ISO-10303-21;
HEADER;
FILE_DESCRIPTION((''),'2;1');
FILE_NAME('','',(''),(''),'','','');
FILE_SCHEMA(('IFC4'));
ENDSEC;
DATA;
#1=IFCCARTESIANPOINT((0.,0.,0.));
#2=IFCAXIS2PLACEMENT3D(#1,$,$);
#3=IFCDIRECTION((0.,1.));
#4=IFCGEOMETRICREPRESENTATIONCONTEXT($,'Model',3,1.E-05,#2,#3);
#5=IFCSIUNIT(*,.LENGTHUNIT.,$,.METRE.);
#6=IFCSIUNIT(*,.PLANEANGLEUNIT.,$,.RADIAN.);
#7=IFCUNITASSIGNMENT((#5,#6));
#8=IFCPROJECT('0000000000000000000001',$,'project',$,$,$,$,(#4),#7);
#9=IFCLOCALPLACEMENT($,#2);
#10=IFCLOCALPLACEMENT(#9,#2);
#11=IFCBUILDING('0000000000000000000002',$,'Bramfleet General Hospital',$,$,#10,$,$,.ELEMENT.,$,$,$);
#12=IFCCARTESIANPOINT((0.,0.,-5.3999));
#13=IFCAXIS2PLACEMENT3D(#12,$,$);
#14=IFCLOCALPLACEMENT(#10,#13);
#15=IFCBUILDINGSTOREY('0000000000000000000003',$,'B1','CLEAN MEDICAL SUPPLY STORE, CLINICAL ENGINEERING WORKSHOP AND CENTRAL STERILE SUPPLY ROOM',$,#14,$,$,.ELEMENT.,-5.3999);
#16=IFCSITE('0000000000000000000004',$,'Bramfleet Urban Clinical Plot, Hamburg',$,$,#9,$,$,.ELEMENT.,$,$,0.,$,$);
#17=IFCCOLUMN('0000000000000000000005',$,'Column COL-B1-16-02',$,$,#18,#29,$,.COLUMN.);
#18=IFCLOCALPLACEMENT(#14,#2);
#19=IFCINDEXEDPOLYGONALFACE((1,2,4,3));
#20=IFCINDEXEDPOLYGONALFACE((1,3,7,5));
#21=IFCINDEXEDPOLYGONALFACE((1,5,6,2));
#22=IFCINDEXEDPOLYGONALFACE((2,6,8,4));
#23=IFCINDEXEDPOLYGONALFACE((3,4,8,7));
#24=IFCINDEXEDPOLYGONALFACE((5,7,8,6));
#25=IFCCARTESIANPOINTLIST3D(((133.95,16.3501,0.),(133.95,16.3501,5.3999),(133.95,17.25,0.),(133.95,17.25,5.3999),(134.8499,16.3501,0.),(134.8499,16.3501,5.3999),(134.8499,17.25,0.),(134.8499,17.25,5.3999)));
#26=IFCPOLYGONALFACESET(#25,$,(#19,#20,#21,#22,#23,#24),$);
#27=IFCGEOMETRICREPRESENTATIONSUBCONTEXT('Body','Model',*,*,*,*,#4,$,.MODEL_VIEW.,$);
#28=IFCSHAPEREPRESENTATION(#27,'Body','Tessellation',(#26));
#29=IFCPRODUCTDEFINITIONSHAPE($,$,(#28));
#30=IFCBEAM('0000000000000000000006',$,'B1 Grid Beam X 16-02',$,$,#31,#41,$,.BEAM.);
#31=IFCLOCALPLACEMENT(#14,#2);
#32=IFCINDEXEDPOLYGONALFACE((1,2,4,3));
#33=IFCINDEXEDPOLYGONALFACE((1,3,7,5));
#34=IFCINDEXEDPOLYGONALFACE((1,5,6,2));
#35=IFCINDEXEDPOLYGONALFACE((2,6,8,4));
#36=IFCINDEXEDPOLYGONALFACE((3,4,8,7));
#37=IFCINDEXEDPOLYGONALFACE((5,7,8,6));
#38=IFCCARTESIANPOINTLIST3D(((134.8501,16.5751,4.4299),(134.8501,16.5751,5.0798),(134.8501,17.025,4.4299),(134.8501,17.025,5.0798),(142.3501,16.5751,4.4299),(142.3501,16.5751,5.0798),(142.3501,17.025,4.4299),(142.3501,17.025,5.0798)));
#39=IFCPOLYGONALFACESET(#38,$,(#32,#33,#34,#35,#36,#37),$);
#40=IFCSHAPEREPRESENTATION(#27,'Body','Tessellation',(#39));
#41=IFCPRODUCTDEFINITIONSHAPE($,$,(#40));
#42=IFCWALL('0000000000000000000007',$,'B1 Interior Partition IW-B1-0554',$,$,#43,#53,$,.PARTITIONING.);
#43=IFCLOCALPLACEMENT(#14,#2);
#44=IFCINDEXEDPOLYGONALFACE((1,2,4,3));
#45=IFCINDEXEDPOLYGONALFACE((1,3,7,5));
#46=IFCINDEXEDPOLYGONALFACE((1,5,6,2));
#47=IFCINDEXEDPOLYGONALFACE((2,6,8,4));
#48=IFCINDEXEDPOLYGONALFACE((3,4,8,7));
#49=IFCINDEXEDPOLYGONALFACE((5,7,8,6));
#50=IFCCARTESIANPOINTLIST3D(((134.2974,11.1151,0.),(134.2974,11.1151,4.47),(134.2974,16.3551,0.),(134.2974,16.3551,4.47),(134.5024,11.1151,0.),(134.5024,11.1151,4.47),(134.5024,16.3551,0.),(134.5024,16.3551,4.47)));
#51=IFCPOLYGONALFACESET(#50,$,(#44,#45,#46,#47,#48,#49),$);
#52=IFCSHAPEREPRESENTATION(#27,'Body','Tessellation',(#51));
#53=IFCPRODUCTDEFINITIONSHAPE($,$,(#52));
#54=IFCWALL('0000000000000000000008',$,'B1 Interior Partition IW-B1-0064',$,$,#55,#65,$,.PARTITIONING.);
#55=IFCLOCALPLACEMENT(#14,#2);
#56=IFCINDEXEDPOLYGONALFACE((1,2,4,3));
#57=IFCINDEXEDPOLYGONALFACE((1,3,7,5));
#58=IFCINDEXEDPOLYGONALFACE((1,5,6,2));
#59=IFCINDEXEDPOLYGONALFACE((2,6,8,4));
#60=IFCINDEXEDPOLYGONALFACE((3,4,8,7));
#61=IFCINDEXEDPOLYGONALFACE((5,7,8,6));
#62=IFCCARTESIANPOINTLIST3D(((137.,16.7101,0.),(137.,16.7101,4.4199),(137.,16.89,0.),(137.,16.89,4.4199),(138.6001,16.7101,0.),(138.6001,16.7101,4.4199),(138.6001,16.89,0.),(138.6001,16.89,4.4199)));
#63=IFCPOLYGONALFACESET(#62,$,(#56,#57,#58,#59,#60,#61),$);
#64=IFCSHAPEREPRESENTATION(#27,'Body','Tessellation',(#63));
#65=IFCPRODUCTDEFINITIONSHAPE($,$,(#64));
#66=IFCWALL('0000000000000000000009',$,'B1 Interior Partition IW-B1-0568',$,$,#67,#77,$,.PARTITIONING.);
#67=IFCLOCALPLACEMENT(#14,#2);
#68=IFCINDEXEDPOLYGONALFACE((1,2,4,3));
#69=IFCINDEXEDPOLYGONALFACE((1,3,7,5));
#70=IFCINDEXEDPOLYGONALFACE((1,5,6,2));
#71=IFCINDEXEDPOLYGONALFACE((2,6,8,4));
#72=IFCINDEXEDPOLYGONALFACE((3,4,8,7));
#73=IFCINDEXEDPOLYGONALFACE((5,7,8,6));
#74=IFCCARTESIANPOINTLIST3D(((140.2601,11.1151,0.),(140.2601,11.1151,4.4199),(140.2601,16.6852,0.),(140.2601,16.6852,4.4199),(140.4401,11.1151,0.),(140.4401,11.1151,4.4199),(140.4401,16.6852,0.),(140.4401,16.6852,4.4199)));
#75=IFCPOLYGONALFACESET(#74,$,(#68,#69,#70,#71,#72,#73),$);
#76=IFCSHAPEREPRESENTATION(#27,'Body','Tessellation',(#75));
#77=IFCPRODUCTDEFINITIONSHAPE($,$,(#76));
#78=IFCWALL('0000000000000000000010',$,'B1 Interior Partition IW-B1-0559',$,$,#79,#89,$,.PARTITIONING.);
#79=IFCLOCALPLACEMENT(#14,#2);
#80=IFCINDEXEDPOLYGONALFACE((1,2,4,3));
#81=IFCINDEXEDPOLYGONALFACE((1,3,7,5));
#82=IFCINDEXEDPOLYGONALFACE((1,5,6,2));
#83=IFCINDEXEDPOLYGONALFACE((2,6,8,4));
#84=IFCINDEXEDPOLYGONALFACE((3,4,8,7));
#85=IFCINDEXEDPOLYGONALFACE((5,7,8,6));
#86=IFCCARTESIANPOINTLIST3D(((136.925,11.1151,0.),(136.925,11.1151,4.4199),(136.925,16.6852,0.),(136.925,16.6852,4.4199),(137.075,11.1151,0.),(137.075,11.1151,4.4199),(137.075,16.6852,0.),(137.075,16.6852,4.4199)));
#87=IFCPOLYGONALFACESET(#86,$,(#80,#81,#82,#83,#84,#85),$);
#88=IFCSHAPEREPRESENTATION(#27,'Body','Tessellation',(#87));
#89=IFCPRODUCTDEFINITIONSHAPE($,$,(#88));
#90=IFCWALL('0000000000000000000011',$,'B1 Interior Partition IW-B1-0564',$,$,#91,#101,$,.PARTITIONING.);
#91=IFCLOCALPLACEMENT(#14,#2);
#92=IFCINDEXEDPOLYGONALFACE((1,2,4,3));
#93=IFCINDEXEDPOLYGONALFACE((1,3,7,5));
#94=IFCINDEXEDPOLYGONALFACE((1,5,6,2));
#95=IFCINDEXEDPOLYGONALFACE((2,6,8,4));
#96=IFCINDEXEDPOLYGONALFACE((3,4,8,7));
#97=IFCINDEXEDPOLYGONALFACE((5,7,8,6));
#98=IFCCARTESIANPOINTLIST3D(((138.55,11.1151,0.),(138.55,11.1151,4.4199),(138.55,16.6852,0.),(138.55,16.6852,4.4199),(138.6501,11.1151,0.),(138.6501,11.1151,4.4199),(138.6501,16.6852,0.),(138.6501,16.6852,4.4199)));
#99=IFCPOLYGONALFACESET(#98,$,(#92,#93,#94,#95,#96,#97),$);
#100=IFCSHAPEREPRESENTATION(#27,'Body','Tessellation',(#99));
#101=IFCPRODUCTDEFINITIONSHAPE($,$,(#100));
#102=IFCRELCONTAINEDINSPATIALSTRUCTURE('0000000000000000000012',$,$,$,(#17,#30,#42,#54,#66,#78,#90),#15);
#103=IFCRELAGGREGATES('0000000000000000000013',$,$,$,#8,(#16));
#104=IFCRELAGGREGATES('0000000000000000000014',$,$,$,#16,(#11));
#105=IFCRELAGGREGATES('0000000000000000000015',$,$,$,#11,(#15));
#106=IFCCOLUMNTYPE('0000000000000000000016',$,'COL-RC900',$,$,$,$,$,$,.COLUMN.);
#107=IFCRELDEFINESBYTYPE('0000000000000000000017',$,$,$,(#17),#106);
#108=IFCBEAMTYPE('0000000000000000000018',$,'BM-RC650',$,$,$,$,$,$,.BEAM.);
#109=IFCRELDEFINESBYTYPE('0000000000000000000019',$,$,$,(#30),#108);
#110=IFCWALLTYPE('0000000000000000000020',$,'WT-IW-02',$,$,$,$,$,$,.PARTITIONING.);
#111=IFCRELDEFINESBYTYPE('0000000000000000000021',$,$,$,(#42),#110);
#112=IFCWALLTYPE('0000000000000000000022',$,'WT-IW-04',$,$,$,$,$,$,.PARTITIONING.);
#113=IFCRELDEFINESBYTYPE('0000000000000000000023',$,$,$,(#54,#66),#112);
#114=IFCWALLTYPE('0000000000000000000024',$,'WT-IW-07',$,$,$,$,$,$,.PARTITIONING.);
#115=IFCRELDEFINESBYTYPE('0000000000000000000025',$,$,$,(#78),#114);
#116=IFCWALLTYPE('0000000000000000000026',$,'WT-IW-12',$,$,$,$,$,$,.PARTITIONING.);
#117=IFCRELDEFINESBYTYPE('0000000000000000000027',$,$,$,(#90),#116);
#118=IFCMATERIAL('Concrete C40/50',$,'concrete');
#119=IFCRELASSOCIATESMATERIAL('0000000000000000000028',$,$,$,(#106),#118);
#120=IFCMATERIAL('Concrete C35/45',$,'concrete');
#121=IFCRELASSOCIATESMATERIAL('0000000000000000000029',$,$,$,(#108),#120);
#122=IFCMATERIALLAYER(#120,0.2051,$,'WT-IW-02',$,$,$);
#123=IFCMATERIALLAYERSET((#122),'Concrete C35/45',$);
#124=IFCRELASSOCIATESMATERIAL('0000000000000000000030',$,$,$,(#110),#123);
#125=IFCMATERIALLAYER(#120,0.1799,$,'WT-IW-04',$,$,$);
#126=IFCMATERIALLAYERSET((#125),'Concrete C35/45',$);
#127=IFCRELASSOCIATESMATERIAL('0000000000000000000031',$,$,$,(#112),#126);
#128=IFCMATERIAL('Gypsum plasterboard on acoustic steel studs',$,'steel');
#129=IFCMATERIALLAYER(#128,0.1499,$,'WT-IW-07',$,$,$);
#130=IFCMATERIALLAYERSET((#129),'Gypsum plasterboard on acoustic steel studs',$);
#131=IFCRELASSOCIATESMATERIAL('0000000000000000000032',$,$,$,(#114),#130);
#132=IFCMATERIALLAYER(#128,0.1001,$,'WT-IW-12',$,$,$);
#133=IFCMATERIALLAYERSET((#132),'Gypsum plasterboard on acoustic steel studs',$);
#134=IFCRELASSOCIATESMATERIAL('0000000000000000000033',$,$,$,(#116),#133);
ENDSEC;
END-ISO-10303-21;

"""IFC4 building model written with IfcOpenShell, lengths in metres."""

from ifc_helpers import new_model, si_unit, direction, frame, frame_2d, origin, origin_2d, place, context, subcontext, project, spatial, rectangle, extrude, material, layer, layer_set, material_profile, profile_set, type_object, element, save


model = new_model("IFC4")

# Units and contexts
model_context = context("Model", 3, precision=1e-05, world=origin(), true_north=direction((0.0, 1.0)))
body_context = subcontext(model_context, "Body", "Model", "MODEL_VIEW")
ifc_project = project(units=[si_unit("LENGTHUNIT", "METRE"), si_unit("PLANEANGLEUNIT", "RADIAN")], contexts=[model_context])

# Site, building, storey
site_placement = place(None, origin())
site = spatial("IfcSite", under=ifc_project, at=site_placement, Name="Bramfleet Urban Clinical Plot, Hamburg", CompositionType="ELEMENT", RefElevation=0.0)
building_placement = place(site_placement, origin())
building = spatial("IfcBuilding", under=site, at=building_placement, Name="Bramfleet General Hospital", CompositionType="ELEMENT")
storey_placement = place(building_placement, frame((0.0, 0.0, -5.3999)))
storey = spatial("IfcBuildingStorey", under=building, at=storey_placement, Name="B1", Description="CLEAN MEDICAL SUPPLY STORE, CLINICAL ENGINEERING WORKSHOP AND CENTRAL STERILE SUPPLY ROOM", CompositionType="ELEMENT", Elevation=-5.3999)

# Shared definitions
ifc_material_1 = material(Name="Concrete C35/45", Category="concrete")

# Column
ifc_material_2 = material(Name="Concrete C40/50", Category="concrete")
ifc_material_profile_1 = material_profile(ifc_material_2, rectangle(XDim=0.8999, YDim=0.8999, at=origin_2d()), Name="RC COL 900x900")
ifc_profile_set_1 = profile_set([ifc_material_profile_1], Name="Concrete C40/50")
column_type = type_object("IfcColumnType", Name="COL-RC900", PredefinedType="COLUMN", material=ifc_profile_set_1)
column_placement = place(storey_placement, frame((134.3999, 16.8, 0.0), z_axis=(0.0, 0.0, 1.0), x_axis=(1.0, 0.0, 0.0)))
element("IfcColumn", 1, at=column_placement, inside=storey, type_object=column_type, Name="Column COL-B1-16-02", PredefinedType="COLUMN", context=body_context, shape_type="SweptSolid", body=[
    extrude(rectangle(XDim=0.8999, YDim=0.8999, at=origin_2d()), origin(), (0.0, 0.0, 1.0), 5.3999),
])

# Beam
ifc_material_profile_2 = material_profile(ifc_material_1, rectangle(XDim=0.45, YDim=0.6499, at=origin_2d()), Name="RC BM 650x450")
ifc_profile_set_2 = profile_set([ifc_material_profile_2], Name="Concrete C35/45")
beam_type = type_object("IfcBeamType", Name="BM-RC650", PredefinedType="BEAM", material=ifc_profile_set_2)
beam_placement = place(storey_placement, frame((134.8501, 16.8, 4.7549), z_axis=(1.0, 0.0, 0.0), x_axis=(0.0, 1.0, 0.0)))
element("IfcBeam", 2, at=beam_placement, inside=storey, type_object=beam_type, Name="B1 Grid Beam X 16-02", PredefinedType="BEAM", context=body_context, shape_type="SweptSolid", body=[
    extrude(rectangle(XDim=0.45, YDim=0.6499, at=origin_2d()), origin(), (0.0, 0.0, 1.0), 7.5),
])

# Walls
ifc_layer_1 = layer(ifc_material_1, 0.2051, Name="WT-IW-02")
ifc_layer_set_1 = layer_set([ifc_layer_1], Name="Concrete C35/45")
wall_type_1 = type_object("IfcWallType", Name="WT-IW-02", PredefinedType="PARTITIONING", material=ifc_layer_set_1)
wall_1_placement = place(storey_placement, frame((134.3999, 11.115, 0.0), z_axis=(0.0, 0.0, 1.0), x_axis=(0.0, 1.0, 0.0)))
element("IfcWall", 3, at=wall_1_placement, inside=storey, type_object=wall_type_1, Name="B1 Interior Partition IW-B1-0554", PredefinedType="PARTITIONING", context=body_context, shape_type="SweptSolid", body=[
    extrude(rectangle(XDim=5.24, YDim=0.2051, at=frame_2d((2.6201, 0.0))), origin(), (0.0, 0.0, 1.0), 4.47),
])
ifc_layer_2 = layer(ifc_material_1, 0.1799, Name="WT-IW-04")
ifc_layer_set_2 = layer_set([ifc_layer_2], Name="Concrete C35/45")
wall_type_2 = type_object("IfcWallType", Name="WT-IW-04", PredefinedType="PARTITIONING", material=ifc_layer_set_2)
wall_2_placement = place(storey_placement, frame((137.0, 16.8, 0.0), z_axis=(0.0, 0.0, 1.0), x_axis=(1.0, 0.0, 0.0)))
element("IfcWall", 4, at=wall_2_placement, inside=storey, type_object=wall_type_2, Name="B1 Interior Partition IW-B1-0064", PredefinedType="PARTITIONING", context=body_context, shape_type="SweptSolid", body=[
    extrude(rectangle(XDim=1.6001, YDim=0.1799, at=frame_2d((0.8, 0.0))), origin(), (0.0, 0.0, 1.0), 4.4199),
])
wall_3_placement = place(storey_placement, frame((140.3501, 11.115, 0.0), z_axis=(0.0, 0.0, 1.0), x_axis=(0.0, 1.0, 0.0)))
element("IfcWall", 5, at=wall_3_placement, inside=storey, type_object=wall_type_2, Name="B1 Interior Partition IW-B1-0568", PredefinedType="PARTITIONING", context=body_context, shape_type="SweptSolid", body=[
    extrude(rectangle(XDim=5.5701, YDim=0.1799, at=frame_2d((2.7852, 0.0))), origin(), (0.0, 0.0, 1.0), 4.4199),
])

# Shared definitions
ifc_material_3 = material(Name="Gypsum plasterboard on acoustic steel studs", Category="steel")

# Walls
ifc_layer_3 = layer(ifc_material_3, 0.1499, Name="WT-IW-07")
ifc_layer_set_3 = layer_set([ifc_layer_3], Name="Gypsum plasterboard on acoustic steel studs")
wall_type_3 = type_object("IfcWallType", Name="WT-IW-07", PredefinedType="PARTITIONING", material=ifc_layer_set_3)
wall_4_placement = place(storey_placement, frame((137.0, 11.115, 0.0), z_axis=(0.0, 0.0, 1.0), x_axis=(0.0, 1.0, 0.0)))
element("IfcWall", 6, at=wall_4_placement, inside=storey, type_object=wall_type_3, Name="B1 Interior Partition IW-B1-0559", PredefinedType="PARTITIONING", context=body_context, shape_type="SweptSolid", body=[
    extrude(rectangle(XDim=5.5701, YDim=0.1499, at=frame_2d((2.7852, 0.0))), origin(), (0.0, 0.0, 1.0), 4.4199),
])
ifc_layer_4 = layer(ifc_material_3, 0.1001, Name="WT-IW-12")
ifc_layer_set_4 = layer_set([ifc_layer_4], Name="Gypsum plasterboard on acoustic steel studs")
wall_type_4 = type_object("IfcWallType", Name="WT-IW-12", PredefinedType="PARTITIONING", material=ifc_layer_set_4)
wall_5_placement = place(storey_placement, frame((138.6001, 11.115, 0.0), z_axis=(0.0, 0.0, 1.0), x_axis=(0.0, 1.0, 0.0)))
element("IfcWall", 7, at=wall_5_placement, inside=storey, type_object=wall_type_4, Name="B1 Interior Partition IW-B1-0564", PredefinedType="PARTITIONING", context=body_context, shape_type="SweptSolid", body=[
    extrude(rectangle(XDim=5.5701, YDim=0.1001, at=frame_2d((2.7852, 0.0))), origin(), (0.0, 0.0, 1.0), 4.4199),
])

save(model, "model.ifc")
